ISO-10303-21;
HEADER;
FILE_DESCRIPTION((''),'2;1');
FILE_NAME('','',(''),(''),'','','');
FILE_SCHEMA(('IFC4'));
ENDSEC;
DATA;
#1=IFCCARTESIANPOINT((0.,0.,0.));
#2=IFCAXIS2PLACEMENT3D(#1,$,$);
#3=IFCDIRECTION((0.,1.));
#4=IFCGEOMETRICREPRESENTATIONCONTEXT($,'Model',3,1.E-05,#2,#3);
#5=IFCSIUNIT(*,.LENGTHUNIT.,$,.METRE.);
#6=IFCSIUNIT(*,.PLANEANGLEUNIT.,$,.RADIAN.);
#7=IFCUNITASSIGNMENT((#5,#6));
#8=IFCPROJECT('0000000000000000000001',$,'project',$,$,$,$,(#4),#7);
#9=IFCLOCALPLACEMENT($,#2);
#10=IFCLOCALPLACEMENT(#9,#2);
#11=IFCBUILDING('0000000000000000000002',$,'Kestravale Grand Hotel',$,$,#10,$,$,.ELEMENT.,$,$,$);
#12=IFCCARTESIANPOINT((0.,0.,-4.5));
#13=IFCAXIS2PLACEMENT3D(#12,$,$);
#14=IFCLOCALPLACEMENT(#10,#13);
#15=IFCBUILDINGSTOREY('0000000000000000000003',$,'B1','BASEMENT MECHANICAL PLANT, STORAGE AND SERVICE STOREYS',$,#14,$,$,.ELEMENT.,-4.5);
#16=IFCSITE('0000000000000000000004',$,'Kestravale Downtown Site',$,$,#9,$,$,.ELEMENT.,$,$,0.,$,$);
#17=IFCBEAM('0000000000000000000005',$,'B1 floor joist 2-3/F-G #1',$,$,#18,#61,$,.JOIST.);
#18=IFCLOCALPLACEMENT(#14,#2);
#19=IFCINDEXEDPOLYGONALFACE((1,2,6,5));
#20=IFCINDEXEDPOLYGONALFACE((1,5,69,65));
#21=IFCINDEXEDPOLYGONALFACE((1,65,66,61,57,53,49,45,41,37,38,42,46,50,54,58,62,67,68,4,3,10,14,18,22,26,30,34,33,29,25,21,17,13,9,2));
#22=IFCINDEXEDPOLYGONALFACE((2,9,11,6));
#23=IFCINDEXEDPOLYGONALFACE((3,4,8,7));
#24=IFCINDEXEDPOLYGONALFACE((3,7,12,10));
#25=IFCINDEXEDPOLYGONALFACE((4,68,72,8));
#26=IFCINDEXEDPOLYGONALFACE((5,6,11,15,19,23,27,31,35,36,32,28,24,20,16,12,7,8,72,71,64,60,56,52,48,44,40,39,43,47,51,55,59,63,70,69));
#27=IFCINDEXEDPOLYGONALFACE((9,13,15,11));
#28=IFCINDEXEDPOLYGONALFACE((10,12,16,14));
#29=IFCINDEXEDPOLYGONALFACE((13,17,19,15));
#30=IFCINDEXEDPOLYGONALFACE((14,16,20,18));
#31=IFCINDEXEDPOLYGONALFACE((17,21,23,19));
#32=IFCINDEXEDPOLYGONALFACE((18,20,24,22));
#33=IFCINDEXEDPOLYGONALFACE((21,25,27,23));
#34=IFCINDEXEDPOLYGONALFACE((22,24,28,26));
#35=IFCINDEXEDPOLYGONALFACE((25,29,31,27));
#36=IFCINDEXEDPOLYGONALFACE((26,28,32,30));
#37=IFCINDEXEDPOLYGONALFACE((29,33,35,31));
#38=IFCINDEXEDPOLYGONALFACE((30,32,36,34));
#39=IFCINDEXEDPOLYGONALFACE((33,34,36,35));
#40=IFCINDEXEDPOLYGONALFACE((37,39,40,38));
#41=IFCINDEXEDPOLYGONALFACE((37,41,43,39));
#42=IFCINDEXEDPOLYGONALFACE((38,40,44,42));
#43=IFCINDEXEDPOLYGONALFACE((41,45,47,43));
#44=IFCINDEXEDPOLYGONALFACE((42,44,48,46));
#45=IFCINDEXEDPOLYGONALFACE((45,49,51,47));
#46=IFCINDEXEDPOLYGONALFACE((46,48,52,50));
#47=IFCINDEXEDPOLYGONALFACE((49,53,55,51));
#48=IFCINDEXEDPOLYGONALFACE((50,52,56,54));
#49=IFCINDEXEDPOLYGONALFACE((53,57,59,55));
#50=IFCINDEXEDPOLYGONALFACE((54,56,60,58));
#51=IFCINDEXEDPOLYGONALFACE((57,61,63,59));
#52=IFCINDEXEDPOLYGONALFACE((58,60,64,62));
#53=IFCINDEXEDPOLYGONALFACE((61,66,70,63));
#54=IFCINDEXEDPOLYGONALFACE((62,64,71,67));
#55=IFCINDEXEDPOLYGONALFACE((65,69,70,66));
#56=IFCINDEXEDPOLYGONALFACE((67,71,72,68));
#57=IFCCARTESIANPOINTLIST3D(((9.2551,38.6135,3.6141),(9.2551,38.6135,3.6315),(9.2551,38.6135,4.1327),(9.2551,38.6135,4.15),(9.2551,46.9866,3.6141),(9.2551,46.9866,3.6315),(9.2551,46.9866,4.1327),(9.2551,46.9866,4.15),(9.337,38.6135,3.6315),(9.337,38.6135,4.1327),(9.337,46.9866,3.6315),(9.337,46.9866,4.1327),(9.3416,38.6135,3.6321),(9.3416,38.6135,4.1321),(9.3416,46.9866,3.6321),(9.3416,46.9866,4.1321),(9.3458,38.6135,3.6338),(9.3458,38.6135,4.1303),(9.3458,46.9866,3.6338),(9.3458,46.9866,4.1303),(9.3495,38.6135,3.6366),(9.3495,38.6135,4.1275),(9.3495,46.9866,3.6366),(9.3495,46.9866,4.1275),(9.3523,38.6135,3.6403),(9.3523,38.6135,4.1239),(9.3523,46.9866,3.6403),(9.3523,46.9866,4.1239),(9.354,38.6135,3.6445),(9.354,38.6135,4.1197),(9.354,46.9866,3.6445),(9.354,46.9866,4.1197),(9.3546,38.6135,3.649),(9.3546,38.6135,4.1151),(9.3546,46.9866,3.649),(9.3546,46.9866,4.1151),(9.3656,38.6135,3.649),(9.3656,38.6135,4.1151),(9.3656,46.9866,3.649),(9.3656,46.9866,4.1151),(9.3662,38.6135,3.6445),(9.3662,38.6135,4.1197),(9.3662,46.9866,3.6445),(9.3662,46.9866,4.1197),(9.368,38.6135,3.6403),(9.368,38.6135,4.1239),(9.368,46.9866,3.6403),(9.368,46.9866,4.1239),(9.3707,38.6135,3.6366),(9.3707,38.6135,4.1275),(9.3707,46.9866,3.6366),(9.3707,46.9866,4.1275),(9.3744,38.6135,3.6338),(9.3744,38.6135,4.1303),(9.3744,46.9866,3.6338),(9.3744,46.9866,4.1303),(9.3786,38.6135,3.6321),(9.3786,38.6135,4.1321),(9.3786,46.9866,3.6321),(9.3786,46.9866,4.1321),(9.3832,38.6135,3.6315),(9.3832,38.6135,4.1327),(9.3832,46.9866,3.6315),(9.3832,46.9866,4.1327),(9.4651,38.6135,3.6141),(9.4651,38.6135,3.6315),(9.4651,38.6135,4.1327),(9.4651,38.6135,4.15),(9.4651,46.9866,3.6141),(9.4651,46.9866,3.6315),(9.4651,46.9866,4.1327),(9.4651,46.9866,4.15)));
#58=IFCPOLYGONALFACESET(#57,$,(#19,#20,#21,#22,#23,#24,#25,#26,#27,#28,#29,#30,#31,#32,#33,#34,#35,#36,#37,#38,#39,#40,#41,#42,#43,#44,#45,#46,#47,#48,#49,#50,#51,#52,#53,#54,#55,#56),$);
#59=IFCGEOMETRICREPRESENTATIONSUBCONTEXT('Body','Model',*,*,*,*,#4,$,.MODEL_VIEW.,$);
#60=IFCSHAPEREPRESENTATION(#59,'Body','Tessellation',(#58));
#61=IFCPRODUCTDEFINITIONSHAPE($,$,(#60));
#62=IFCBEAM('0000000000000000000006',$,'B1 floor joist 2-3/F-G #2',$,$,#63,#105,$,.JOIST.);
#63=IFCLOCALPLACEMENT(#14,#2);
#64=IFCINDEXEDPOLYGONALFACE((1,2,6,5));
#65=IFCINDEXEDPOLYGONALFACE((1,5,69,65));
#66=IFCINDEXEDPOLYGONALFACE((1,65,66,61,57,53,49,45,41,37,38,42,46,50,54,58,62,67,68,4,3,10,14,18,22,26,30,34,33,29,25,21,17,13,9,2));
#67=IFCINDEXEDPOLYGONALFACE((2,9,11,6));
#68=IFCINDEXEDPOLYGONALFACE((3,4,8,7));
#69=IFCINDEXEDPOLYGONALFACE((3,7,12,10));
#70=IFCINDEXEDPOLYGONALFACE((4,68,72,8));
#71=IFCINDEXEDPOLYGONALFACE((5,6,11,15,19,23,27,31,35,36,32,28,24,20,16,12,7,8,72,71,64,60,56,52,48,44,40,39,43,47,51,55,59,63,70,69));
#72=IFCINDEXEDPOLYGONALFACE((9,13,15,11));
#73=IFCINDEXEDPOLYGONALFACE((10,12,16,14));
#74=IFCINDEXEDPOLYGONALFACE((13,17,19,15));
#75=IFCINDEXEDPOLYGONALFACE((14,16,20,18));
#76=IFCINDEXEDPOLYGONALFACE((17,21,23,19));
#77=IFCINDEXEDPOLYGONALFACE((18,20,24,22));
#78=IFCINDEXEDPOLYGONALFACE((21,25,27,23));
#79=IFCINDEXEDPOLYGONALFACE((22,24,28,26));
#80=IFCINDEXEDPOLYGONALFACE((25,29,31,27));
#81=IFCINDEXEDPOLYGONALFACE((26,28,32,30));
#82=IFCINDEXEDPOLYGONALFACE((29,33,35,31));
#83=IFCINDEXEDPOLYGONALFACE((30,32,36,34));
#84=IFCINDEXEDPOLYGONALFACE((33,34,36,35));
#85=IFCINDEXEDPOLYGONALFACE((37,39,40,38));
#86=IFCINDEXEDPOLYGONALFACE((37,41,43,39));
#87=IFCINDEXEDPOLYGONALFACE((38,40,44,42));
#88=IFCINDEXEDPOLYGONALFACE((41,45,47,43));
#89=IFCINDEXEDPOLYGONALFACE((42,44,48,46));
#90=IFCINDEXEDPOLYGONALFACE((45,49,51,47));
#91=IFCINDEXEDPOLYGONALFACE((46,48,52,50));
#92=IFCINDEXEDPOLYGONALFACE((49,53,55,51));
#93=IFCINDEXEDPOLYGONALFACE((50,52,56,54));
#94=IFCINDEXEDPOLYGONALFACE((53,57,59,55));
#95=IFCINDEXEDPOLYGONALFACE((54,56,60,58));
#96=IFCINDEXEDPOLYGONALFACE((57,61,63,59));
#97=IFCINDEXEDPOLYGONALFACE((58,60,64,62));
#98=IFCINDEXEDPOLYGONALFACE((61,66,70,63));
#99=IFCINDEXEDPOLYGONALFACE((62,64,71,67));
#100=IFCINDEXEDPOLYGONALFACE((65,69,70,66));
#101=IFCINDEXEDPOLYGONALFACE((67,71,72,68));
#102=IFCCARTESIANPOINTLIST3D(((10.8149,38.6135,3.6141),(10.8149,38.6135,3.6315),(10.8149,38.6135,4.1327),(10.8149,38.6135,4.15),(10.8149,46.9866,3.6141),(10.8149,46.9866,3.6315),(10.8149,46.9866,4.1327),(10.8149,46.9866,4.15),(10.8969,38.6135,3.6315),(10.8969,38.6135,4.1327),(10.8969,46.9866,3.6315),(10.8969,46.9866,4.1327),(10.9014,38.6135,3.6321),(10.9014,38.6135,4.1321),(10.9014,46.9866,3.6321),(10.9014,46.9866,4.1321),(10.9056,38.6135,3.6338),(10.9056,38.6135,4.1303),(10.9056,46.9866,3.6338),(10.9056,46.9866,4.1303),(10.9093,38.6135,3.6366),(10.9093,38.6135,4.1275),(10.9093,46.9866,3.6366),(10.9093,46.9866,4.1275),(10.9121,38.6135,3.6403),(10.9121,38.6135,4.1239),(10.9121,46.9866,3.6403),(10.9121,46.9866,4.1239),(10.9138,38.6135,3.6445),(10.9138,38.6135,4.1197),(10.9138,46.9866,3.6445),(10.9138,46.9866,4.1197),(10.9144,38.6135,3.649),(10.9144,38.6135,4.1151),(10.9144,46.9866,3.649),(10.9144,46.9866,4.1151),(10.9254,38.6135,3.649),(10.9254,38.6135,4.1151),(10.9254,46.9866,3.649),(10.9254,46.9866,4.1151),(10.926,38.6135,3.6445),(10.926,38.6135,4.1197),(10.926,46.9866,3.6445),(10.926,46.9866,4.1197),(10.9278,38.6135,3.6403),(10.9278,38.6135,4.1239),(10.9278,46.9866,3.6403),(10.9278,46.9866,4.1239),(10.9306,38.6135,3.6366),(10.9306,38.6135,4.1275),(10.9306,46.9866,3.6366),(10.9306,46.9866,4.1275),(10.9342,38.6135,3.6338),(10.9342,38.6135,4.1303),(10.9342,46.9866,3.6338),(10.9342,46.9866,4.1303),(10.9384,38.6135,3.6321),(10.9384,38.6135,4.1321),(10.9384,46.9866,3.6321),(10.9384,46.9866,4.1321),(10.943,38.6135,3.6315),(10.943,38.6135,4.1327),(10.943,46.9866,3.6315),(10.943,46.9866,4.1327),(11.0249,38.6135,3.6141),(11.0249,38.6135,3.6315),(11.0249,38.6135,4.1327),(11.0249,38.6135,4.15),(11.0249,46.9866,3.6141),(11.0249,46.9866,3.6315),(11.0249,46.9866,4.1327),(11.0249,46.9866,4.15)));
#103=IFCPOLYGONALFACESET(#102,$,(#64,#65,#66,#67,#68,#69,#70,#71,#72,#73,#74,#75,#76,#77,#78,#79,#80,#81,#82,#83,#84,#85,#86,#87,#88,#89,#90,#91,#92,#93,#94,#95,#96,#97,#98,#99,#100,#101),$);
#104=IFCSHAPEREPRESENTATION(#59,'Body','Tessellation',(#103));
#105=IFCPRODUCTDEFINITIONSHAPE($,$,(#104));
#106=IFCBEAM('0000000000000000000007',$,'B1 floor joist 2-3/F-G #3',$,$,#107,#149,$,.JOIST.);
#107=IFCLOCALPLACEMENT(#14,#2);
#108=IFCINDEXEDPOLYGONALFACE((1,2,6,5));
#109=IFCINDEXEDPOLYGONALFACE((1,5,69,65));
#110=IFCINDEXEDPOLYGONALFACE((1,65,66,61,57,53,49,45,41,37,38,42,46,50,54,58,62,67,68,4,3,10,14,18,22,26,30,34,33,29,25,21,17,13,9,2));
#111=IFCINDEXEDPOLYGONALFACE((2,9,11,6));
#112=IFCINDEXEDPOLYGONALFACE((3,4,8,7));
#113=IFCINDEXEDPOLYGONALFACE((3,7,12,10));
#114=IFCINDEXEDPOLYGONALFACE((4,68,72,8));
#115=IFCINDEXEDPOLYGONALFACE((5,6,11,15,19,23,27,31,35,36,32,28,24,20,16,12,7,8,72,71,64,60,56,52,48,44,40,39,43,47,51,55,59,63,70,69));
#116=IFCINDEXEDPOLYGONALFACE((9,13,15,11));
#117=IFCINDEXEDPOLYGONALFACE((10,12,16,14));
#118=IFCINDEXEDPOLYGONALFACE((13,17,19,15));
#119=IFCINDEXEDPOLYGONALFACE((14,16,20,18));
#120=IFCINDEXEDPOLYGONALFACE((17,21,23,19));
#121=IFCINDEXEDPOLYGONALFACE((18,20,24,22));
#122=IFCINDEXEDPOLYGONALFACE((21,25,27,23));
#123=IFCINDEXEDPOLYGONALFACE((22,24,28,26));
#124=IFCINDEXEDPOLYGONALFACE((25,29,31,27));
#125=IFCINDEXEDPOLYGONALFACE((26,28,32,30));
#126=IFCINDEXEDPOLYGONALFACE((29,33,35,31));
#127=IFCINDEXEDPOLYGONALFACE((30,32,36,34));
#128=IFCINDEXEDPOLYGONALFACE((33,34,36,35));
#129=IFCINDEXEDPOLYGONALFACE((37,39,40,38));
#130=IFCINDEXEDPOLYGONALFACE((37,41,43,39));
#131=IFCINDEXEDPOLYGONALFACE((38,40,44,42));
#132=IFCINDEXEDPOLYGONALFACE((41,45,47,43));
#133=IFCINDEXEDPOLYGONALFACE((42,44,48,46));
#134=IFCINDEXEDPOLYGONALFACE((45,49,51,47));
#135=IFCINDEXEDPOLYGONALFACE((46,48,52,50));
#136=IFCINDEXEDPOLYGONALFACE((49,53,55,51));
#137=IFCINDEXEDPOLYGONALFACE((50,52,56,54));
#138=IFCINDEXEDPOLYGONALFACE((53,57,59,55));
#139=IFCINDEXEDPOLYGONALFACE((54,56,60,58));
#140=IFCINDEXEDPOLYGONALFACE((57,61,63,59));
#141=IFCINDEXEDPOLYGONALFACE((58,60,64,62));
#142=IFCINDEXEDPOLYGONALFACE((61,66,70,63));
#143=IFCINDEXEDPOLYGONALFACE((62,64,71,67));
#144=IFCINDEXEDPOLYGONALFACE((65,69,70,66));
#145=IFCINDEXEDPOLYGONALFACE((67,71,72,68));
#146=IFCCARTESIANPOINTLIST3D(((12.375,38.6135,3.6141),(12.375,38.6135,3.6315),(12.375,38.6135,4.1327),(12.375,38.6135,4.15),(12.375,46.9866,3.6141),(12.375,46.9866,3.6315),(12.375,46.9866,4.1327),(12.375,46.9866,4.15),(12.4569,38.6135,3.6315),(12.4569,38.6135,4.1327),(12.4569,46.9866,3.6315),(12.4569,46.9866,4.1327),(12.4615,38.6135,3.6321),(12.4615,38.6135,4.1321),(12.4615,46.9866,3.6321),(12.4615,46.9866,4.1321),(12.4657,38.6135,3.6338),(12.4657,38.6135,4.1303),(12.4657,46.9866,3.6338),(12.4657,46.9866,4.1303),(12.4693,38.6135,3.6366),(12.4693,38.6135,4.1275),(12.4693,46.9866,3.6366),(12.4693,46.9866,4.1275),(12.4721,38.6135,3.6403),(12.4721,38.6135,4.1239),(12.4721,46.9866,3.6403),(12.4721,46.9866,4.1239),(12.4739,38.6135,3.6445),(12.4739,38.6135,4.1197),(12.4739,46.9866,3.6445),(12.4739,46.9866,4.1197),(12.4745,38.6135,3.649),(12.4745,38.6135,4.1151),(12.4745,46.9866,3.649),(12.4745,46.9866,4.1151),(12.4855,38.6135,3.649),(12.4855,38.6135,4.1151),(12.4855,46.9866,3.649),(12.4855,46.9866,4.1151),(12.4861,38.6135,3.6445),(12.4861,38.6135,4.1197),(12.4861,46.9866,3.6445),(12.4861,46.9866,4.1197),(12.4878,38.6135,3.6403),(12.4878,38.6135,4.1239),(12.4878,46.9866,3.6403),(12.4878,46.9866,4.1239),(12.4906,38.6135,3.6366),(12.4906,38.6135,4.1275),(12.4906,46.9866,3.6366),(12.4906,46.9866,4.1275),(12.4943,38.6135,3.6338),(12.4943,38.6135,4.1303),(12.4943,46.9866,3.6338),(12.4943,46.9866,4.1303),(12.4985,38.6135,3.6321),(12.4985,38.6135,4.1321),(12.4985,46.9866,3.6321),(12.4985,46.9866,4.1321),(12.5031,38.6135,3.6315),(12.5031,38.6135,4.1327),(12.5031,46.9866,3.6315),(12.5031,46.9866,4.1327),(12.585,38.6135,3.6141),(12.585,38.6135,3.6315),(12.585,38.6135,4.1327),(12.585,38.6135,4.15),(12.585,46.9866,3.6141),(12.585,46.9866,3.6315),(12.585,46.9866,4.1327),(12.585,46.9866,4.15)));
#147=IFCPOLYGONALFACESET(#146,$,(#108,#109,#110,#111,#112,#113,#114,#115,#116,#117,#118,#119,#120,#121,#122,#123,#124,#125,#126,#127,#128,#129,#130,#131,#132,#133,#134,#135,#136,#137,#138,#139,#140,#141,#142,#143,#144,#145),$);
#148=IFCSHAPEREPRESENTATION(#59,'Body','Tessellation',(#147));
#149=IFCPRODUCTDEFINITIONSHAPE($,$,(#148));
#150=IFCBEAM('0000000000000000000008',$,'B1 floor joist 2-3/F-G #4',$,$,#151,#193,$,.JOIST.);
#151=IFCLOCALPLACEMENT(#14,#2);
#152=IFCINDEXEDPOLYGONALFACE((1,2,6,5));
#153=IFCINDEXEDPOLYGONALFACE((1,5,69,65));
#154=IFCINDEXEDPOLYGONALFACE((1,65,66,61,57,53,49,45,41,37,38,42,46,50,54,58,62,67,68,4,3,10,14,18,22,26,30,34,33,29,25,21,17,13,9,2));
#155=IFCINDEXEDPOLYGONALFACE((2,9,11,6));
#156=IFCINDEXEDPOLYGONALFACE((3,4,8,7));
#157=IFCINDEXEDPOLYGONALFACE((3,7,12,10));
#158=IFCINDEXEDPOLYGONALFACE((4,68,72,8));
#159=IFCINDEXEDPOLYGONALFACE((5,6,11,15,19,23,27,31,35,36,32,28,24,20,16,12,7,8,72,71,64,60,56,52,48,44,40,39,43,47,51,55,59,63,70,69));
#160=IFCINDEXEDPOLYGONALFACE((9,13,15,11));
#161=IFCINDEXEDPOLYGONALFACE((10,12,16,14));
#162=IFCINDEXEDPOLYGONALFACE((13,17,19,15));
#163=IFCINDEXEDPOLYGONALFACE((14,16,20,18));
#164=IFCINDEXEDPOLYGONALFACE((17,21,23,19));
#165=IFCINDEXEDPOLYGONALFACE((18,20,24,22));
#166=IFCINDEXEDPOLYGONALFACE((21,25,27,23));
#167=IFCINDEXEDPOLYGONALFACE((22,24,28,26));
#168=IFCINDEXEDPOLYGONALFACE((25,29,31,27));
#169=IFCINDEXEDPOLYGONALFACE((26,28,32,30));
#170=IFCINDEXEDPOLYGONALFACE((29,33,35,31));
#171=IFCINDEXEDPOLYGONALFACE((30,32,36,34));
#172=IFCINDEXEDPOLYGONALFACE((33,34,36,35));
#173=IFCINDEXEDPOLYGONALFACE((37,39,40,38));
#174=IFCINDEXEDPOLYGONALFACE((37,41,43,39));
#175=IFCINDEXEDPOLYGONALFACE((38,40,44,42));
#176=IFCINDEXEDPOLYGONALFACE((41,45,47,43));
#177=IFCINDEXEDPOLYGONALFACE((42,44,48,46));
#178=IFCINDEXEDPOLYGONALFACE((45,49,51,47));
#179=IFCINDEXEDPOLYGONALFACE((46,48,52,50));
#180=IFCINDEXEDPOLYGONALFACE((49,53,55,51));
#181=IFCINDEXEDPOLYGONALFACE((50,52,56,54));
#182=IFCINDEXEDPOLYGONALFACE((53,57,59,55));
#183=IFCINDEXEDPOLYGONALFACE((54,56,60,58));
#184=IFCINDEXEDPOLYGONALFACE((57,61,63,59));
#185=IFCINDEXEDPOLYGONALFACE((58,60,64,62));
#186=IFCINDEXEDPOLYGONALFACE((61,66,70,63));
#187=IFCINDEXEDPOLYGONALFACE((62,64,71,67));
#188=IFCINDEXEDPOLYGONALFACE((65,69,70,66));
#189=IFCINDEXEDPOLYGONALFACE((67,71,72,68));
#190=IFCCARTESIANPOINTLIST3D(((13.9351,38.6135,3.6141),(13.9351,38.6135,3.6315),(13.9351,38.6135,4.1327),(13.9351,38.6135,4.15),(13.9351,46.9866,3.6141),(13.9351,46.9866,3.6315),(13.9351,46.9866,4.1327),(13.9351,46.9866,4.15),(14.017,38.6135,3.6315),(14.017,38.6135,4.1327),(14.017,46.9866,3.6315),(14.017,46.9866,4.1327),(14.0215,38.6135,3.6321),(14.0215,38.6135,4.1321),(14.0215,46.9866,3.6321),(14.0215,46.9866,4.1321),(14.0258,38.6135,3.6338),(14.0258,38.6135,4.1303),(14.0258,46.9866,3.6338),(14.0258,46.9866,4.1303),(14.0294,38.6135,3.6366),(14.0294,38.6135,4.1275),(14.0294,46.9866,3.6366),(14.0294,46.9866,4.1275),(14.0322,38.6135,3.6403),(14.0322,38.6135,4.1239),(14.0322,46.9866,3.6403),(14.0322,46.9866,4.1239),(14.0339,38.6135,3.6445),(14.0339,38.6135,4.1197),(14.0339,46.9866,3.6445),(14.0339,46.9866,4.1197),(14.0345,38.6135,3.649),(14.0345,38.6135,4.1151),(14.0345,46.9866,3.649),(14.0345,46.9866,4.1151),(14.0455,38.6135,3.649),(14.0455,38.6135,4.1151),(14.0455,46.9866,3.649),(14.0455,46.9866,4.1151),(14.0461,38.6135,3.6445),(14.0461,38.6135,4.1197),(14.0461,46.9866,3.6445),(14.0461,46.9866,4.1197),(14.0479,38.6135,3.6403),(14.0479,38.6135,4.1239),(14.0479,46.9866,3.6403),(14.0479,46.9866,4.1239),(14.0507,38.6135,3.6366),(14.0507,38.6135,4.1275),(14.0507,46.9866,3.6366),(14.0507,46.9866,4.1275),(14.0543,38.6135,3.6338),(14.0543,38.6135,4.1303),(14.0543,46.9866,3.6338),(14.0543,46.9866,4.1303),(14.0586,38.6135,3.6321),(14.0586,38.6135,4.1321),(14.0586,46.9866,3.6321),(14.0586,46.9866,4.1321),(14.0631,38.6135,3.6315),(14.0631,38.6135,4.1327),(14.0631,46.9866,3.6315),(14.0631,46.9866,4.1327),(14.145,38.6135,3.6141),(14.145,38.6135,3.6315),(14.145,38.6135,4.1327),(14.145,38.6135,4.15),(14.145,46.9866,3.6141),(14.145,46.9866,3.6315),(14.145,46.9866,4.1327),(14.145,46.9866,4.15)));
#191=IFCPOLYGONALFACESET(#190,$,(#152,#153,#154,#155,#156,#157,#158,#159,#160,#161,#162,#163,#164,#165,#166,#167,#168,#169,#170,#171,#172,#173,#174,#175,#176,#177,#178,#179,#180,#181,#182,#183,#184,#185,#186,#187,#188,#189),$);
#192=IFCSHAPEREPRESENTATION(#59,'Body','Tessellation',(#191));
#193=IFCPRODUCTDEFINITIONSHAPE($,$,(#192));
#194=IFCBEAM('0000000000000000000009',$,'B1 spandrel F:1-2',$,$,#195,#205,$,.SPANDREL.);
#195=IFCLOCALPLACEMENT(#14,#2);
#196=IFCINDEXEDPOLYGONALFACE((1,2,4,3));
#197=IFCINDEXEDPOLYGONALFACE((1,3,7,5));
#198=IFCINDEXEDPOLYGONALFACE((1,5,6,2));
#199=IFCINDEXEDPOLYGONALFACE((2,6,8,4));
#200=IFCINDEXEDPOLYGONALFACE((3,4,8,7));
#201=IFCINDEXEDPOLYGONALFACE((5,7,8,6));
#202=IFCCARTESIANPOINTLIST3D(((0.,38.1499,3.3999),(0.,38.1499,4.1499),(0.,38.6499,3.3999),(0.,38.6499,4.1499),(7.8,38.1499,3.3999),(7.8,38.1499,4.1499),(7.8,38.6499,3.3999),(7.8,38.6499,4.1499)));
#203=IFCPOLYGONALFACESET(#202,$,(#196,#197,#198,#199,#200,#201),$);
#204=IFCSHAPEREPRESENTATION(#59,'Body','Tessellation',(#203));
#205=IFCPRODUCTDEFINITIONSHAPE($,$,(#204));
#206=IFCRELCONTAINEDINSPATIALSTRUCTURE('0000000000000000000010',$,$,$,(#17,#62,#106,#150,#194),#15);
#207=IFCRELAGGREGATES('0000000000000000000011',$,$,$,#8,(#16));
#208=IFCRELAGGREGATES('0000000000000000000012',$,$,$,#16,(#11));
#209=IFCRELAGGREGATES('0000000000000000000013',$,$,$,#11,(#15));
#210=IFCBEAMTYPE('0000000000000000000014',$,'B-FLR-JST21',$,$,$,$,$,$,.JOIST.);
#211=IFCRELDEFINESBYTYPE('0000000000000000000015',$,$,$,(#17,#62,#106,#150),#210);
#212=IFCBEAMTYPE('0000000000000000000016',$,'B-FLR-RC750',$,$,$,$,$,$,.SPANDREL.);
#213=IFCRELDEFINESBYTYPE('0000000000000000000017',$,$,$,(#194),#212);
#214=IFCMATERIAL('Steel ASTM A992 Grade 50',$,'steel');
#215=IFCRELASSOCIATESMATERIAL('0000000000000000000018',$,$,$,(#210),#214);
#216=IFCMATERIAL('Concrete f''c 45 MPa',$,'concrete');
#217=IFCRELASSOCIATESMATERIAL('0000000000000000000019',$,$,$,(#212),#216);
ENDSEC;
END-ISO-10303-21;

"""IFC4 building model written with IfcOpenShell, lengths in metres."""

from ifc_helpers import new_model, si_unit, direction, frame, origin, origin_2d, place, context, subcontext, project, spatial, rectangle, i_section, extrude, material, material_profile, profile_set, type_object, element, save


model = new_model("IFC4")

# Units and contexts
model_context = context("Model", 3, precision=1e-05, world=origin(), true_north=direction((0.0, 1.0)))
body_context = subcontext(model_context, "Body", "Model", "MODEL_VIEW")
ifc_project = project(units=[si_unit("LENGTHUNIT", "METRE"), si_unit("PLANEANGLEUNIT", "RADIAN")], contexts=[model_context])

# Site, building, storey
site_placement = place(None, origin())
site = spatial("IfcSite", under=ifc_project, at=site_placement, Name="Kestravale Downtown Site", CompositionType="ELEMENT", RefElevation=0.0)
building_placement = place(site_placement, origin())
building = spatial("IfcBuilding", under=site, at=building_placement, Name="Kestravale Grand Hotel", CompositionType="ELEMENT")
storey_placement = place(building_placement, frame((0.0, 0.0, -4.5)))
storey = spatial("IfcBuildingStorey", under=building, at=storey_placement, Name="B1", Description="BASEMENT MECHANICAL PLANT, STORAGE AND SERVICE STOREYS", CompositionType="ELEMENT", Elevation=-4.5)

# Beams
ifc_material_1 = material(Name="Steel ASTM A992 Grade 50", Category="steel")
ifc_material_profile_1 = material_profile(ifc_material_1, i_section(OverallWidth=0.21, OverallDepth=0.5359, WebThickness=0.011, FlangeThickness=0.0173, FilletRadius=0.0176, at=origin_2d()))
ifc_profile_set_1 = profile_set([ifc_material_profile_1], Name="Steel ASTM A992 Grade 50")
beam_type_1 = type_object("IfcBeamType", Name="B-FLR-JST21", PredefinedType="JOIST", material=ifc_profile_set_1)
for number, where, z_axis, x_axis, name in (
    (1, (9.3601, 38.6135, 3.8821), (0.0, 1.0, 0.0), (-1.0, 0.0, 0.0), "B1 floor joist 2-3/F-G #1"),
    (2, (10.9199, 38.6135, 3.8821), (0.0, 1.0, 0.0), (-1.0, 0.0, 0.0), "B1 floor joist 2-3/F-G #2"),
    (3, (12.48, 38.6135, 3.8821), (0.0, 1.0, 0.0), (-1.0, 0.0, 0.0), "B1 floor joist 2-3/F-G #3"),
    (4, (14.04, 38.6135, 3.8821), (0.0, 1.0, 0.0), (-1.0, 0.0, 0.0), "B1 floor joist 2-3/F-G #4"),
):
    element("IfcBeam", number, at=place(storey_placement, frame(where, z_axis=z_axis, x_axis=x_axis)), inside=storey, type_object=beam_type_1, Name=name, PredefinedType="JOIST", context=body_context, shape_type="SweptSolid", body=[
        extrude(i_section(OverallWidth=0.21, OverallDepth=0.5359, WebThickness=0.011, FlangeThickness=0.0173, FilletRadius=0.0176, at=origin_2d()), origin(), (0.0, 0.0, 1.0), 8.373),
    ])
ifc_material_2 = material(Name="Concrete f'c 45 MPa", Category="concrete")
ifc_material_profile_2 = material_profile(ifc_material_2, rectangle(XDim=0.5, YDim=0.75, at=origin_2d()))
ifc_profile_set_2 = profile_set([ifc_material_profile_2], Name="Concrete f'c 45 MPa")
beam_type_2 = type_object("IfcBeamType", Name="B-FLR-RC750", PredefinedType="SPANDREL", material=ifc_profile_set_2)
for number, where, z_axis, x_axis, name in (
    (5, (0.0, 38.3999, 3.7749), (1.0, 0.0, 0.0), (0.0, 1.0, 0.0), "B1 spandrel F:1-2"),
):
    element("IfcBeam", number, at=place(storey_placement, frame(where, z_axis=z_axis, x_axis=x_axis)), inside=storey, type_object=beam_type_2, Name=name, PredefinedType="SPANDREL", context=body_context, shape_type="SweptSolid", body=[
        extrude(rectangle(XDim=0.5, YDim=0.75, at=origin_2d()), origin(), (0.0, 0.0, 1.0), 7.8),
    ])

save(model, "model.ifc")
